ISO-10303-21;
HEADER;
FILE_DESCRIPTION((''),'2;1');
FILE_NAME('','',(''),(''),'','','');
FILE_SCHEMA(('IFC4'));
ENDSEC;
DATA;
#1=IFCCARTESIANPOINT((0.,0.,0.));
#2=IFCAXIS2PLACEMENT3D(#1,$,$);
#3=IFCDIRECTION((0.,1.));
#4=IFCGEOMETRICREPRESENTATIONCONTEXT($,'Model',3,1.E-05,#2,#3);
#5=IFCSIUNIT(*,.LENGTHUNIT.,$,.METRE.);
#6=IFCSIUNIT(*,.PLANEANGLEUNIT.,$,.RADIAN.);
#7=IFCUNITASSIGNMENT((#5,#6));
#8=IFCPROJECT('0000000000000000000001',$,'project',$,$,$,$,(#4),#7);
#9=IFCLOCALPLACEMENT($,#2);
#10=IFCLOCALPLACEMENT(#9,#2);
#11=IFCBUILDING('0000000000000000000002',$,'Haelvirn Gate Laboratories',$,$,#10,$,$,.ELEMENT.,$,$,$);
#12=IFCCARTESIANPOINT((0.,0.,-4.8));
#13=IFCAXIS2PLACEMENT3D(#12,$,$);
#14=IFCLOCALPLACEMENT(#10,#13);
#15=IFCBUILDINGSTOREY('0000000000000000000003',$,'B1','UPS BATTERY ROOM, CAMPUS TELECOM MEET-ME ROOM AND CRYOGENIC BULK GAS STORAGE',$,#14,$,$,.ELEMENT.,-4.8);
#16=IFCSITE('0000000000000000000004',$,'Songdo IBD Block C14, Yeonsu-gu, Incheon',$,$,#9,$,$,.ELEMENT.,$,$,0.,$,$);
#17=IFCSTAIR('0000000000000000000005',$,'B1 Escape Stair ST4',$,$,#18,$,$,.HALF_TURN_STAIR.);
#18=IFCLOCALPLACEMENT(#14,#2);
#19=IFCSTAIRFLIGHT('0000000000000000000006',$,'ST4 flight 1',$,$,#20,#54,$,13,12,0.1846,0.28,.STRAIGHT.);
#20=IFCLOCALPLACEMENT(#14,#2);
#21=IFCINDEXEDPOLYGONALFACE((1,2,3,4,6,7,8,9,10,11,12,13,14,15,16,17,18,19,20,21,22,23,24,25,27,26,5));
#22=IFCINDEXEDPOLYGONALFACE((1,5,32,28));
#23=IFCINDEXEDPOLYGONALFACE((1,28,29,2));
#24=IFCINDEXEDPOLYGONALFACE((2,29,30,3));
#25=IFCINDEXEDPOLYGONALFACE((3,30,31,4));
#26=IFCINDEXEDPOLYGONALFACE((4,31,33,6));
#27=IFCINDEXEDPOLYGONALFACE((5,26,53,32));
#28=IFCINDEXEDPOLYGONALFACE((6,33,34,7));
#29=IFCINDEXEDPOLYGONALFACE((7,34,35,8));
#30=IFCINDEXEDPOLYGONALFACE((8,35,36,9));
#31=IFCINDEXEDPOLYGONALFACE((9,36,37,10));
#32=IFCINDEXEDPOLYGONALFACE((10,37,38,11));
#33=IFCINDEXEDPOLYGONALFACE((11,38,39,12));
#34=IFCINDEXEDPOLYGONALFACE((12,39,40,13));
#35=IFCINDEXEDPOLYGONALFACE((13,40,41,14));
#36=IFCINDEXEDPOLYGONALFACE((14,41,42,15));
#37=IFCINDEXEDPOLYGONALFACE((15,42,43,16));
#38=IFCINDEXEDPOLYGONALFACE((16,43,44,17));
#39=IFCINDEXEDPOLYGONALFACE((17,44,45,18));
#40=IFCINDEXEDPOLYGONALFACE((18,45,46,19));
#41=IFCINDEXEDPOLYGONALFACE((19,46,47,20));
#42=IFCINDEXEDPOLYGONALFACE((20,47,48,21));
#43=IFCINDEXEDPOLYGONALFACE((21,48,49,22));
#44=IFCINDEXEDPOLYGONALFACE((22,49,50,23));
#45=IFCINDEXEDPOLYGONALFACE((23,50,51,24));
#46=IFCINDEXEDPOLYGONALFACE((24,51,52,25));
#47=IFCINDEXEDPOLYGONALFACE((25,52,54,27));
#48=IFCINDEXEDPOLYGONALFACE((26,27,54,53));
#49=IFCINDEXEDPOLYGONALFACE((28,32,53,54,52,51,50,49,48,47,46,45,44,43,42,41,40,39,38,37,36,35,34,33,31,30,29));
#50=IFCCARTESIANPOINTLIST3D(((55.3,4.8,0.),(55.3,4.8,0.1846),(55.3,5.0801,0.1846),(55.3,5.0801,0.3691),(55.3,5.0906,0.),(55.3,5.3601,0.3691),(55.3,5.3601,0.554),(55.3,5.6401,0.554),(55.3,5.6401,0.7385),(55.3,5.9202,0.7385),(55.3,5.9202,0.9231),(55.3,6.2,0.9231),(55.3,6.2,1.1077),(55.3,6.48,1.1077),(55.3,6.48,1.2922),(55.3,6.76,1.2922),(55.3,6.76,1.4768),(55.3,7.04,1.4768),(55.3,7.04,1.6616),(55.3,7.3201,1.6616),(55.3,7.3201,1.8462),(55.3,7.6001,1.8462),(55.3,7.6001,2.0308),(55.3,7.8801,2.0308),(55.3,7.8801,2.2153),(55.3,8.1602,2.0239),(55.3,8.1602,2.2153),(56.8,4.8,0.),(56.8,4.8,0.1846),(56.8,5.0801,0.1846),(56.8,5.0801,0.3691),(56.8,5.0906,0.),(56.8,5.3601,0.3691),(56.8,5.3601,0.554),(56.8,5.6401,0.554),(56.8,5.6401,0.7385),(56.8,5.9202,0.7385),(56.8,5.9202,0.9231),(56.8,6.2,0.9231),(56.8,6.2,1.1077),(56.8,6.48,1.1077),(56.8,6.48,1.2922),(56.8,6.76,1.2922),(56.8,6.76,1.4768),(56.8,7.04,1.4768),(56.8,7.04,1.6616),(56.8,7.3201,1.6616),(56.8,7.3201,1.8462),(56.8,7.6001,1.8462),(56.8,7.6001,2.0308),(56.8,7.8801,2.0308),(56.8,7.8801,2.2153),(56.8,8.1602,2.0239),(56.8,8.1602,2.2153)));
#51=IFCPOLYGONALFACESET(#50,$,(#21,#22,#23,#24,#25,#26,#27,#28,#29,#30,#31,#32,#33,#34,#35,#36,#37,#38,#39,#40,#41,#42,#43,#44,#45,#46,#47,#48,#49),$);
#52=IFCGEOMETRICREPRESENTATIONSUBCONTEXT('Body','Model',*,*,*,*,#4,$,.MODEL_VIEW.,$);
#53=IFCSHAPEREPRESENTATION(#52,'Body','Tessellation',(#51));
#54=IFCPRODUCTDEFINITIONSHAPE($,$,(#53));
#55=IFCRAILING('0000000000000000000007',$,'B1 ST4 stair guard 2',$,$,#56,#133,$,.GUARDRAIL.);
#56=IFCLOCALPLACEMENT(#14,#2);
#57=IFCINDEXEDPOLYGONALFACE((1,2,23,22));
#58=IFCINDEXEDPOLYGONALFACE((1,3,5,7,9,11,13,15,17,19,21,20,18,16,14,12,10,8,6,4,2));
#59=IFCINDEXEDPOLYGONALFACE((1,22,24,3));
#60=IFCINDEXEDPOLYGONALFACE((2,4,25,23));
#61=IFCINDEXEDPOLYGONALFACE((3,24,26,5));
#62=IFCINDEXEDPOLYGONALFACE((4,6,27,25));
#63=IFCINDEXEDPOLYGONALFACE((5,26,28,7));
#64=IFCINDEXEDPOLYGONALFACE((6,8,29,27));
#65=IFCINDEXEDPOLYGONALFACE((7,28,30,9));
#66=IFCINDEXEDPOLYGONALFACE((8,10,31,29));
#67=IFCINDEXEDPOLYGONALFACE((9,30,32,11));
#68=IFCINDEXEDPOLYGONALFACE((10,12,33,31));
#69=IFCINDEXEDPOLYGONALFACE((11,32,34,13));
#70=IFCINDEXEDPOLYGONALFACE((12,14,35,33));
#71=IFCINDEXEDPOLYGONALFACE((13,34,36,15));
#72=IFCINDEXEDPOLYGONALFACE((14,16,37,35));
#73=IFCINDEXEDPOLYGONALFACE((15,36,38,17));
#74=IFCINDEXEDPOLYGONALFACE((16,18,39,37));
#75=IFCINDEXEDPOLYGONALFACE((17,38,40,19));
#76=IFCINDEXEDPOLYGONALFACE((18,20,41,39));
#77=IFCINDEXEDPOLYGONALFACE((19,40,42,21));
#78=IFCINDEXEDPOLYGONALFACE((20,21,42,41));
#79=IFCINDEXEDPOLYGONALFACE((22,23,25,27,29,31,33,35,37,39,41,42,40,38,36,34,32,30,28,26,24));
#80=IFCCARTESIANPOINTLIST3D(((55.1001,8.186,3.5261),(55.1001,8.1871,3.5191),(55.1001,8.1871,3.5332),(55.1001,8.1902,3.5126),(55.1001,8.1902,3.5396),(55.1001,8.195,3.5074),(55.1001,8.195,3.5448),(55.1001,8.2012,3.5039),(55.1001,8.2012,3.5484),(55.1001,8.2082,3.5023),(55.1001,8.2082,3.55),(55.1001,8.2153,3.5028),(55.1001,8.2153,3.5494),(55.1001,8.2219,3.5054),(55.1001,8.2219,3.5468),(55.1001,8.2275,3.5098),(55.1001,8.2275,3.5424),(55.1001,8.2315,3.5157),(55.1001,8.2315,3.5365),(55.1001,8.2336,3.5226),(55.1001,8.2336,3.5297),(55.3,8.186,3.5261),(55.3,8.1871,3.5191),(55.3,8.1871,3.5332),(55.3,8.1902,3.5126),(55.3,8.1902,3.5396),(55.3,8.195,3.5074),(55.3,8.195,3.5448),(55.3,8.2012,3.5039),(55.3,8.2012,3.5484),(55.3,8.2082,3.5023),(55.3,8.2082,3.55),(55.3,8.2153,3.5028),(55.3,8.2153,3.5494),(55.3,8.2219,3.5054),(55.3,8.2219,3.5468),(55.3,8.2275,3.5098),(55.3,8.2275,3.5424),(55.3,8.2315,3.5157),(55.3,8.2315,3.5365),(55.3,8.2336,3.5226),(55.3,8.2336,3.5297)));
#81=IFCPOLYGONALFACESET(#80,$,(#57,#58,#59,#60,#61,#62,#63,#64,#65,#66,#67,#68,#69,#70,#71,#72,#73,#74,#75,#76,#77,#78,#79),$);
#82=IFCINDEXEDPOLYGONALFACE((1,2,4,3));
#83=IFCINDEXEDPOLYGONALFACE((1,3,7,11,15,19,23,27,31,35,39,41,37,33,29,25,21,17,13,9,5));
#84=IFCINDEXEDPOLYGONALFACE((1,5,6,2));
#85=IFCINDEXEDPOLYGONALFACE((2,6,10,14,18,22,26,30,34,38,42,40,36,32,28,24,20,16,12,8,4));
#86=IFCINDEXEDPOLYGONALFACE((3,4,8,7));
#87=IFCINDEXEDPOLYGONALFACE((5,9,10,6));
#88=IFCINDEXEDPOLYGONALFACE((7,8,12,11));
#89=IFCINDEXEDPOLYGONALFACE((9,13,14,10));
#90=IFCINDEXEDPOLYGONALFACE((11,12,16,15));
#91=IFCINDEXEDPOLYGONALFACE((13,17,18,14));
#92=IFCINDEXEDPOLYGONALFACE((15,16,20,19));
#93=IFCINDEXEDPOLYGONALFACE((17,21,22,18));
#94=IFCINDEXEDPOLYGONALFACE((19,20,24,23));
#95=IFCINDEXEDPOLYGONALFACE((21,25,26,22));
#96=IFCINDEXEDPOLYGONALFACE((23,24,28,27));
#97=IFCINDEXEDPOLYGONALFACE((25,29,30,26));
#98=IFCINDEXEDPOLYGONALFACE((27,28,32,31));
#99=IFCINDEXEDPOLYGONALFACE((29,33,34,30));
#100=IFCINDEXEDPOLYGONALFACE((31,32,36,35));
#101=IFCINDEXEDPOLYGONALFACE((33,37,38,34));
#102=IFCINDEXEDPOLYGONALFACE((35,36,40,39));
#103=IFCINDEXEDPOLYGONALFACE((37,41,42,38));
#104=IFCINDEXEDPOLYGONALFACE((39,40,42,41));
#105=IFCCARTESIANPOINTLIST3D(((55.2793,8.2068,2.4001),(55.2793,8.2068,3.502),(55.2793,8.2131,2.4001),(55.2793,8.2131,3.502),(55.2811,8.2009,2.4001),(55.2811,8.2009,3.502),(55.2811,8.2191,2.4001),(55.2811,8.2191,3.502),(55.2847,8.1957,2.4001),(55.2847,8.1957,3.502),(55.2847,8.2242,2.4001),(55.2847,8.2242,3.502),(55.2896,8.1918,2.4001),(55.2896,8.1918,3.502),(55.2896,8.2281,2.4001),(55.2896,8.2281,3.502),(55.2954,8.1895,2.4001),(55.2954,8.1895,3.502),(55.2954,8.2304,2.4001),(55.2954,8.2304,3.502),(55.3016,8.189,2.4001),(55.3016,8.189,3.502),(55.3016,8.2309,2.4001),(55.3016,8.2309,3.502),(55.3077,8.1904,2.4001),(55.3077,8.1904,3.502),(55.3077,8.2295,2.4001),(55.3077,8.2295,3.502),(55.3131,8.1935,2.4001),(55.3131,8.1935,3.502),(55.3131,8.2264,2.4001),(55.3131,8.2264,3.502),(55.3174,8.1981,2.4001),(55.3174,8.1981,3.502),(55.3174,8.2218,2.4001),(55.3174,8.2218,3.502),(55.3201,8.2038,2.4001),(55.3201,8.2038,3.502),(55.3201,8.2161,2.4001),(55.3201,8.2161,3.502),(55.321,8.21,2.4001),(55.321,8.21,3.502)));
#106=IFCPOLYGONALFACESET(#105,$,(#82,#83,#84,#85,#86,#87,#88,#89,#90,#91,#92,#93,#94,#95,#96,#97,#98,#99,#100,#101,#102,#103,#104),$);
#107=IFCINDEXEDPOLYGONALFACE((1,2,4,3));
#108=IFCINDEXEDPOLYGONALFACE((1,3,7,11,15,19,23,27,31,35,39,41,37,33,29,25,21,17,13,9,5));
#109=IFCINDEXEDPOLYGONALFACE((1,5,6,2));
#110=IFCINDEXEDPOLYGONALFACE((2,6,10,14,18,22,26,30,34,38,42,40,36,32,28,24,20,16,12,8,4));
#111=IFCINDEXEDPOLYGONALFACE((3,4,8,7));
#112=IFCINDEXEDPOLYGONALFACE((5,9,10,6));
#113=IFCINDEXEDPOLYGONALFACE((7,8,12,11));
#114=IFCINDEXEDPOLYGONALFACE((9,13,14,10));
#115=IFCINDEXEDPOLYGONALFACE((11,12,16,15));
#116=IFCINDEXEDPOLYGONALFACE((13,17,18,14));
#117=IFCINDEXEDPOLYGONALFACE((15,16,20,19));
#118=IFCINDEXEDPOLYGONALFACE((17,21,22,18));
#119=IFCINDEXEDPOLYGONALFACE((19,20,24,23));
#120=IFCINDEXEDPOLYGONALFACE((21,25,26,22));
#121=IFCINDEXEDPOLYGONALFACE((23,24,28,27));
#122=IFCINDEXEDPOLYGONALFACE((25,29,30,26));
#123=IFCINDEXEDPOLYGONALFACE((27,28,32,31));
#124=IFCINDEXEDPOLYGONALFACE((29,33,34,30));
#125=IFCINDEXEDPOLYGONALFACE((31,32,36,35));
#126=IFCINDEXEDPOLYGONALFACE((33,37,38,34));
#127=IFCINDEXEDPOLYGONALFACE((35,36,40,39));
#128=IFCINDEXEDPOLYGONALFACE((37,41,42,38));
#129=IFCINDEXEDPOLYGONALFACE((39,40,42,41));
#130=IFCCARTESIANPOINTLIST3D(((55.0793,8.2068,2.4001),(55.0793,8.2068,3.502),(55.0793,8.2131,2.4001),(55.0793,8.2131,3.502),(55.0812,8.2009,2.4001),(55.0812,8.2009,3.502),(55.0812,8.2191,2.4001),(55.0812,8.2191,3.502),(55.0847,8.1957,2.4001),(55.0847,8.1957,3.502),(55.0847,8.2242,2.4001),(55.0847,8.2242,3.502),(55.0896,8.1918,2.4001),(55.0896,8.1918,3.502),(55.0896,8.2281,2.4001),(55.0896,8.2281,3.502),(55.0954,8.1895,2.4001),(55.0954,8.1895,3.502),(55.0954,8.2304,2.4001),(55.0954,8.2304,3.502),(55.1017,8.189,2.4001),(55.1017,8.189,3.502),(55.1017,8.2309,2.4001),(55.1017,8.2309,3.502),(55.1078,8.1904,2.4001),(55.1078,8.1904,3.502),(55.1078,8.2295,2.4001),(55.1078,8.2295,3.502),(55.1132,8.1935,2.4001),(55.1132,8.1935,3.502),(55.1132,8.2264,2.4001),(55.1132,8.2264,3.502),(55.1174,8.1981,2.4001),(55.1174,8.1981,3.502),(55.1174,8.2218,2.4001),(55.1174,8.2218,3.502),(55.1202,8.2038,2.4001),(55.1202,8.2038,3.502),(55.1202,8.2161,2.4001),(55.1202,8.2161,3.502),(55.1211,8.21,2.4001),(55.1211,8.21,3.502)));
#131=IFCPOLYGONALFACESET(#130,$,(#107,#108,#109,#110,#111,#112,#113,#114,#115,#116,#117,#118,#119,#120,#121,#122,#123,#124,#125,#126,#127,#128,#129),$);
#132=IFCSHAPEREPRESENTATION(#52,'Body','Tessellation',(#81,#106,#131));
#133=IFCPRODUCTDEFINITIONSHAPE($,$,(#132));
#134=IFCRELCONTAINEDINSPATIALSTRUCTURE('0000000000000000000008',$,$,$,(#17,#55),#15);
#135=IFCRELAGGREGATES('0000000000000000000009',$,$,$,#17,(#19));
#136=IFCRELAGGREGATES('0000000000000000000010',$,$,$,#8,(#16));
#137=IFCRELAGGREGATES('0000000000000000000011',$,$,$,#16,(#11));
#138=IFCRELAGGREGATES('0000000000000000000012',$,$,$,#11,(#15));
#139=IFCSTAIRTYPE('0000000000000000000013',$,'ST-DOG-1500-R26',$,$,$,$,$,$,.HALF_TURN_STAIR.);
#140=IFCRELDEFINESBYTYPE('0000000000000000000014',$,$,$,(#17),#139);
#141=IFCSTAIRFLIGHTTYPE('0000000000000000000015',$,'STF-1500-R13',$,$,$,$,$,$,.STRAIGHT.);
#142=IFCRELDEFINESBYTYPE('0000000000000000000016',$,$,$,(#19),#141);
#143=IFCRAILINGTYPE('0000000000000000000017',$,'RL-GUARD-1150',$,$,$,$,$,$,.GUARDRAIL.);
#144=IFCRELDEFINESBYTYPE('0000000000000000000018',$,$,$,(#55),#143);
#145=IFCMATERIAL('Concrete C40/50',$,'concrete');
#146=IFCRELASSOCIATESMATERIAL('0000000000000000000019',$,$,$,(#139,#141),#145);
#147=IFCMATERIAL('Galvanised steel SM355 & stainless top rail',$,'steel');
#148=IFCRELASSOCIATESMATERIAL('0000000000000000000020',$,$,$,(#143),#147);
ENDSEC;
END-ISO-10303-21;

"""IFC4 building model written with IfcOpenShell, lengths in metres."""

from ifc_helpers import new_model, si_unit, direction, frame, origin, origin_2d, place, context, subcontext, project, spatial, polyline, circle, outline, extrude, source, transform, mapped, material, type_object, type_shapes, element, aggregate, save


model = new_model("IFC4")

# Units and contexts
model_context = context("Model", 3, precision=1e-05, world=origin(), true_north=direction((0.0, 1.0)))
body_context = subcontext(model_context, "Body", "Model", "MODEL_VIEW")
ifc_project = project(units=[si_unit("LENGTHUNIT", "METRE"), si_unit("PLANEANGLEUNIT", "RADIAN")], contexts=[model_context])

# Site, building, storey
site_placement = place(None, origin())
site = spatial("IfcSite", under=ifc_project, at=site_placement, Name="Songdo IBD Block C14, Yeonsu-gu, Incheon", CompositionType="ELEMENT", RefElevation=0.0)
building_placement = place(site_placement, origin())
building = spatial("IfcBuilding", under=site, at=building_placement, Name="Haelvirn Gate Laboratories", CompositionType="ELEMENT")
storey_placement = place(building_placement, frame((0.0, 0.0, -4.8)))
storey = spatial("IfcBuildingStorey", under=building, at=storey_placement, Name="B1", Description="UPS BATTERY ROOM, CAMPUS TELECOM MEET-ME ROOM AND CRYOGENIC BULK GAS STORAGE", CompositionType="ELEMENT", Elevation=-4.8)

# Shared definitions
ifc_material_1 = material(Name="Concrete C40/50", Category="concrete")

# Stair, stair flight
stair_type = type_object("IfcStairType", Name="ST-DOG-1500-R26", PredefinedType="HALF_TURN_STAIR", material=ifc_material_1)
stair_placement = place(storey_placement, origin())
stair = element("IfcStair", 1, at=stair_placement, inside=storey, type_object=stair_type, Name="B1 Escape Stair ST4", PredefinedType="HALF_TURN_STAIR")
stair_flight_type = type_object("IfcStairFlightType", Name="STF-1500-R13", PredefinedType="STRAIGHT", material=ifc_material_1)
shared_shape_1 = source(origin(), body_context, "Body", "SweptSolid", [
    extrude(outline(polyline([(0.0, 0.0), (0.0, 0.1846), (0.28, 0.1846), (0.28, 0.3691), (0.5601, 0.3691), (0.5601, 0.554), (0.8401, 0.554), (0.8401, 0.7385), (1.1201, 0.7385), (1.1201, 0.9231), (1.3999, 0.9231), (1.3999, 1.1077), (1.6799, 1.1077), (1.6799, 1.2922), (1.96, 1.2922), (1.96, 1.4768), (2.24, 1.4768), (2.24, 1.6616), (2.52, 1.6616), (2.52, 1.8462), (2.8, 1.8462), (2.8, 2.0308), (3.0801, 2.0308), (3.0801, 2.2153), (3.3601, 2.2153), (3.3601, 2.3999), (3.3601, 2.0239), (0.2905, 0.0), (0.0, 0.0)])), frame((0.0, 0.75, 0.0), z_axis=(0.0, -1.0, 0.0), x_axis=(1.0, 0.0, 0.0)), (0.0, 0.0, 1.0), 1.5),
])
type_shapes(stair_flight_type, [shared_shape_1])
stair_flight_placement = place(storey_placement, frame((56.05, 4.8, 0.0), z_axis=(0.0, 0.0, 1.0), x_axis=(0.0, 1.0, 0.0)))
stair_flight = element("IfcStairFlight", 2, at=stair_flight_placement, type_object=stair_flight_type, Name="ST4 flight 1", NumberOfRisers=13, NumberOfTreads=12, PredefinedType="STRAIGHT", RiserHeight=0.1846, TreadLength=0.28, context=body_context, shape_type="MappedRepresentation", body=[
    mapped(shared_shape_1, transform((0.0, 0.0, 0.0), scale=1.0)),
])
aggregate(stair, [stair_flight])

# Railing
ifc_material_2 = material(Name="Galvanised steel SM355 & stainless top rail", Category="steel")
railing_type_1 = type_object("IfcRailingType", Name="RL-GUARD-1150", PredefinedType="GUARDRAIL", material=ifc_material_2)
shared_shape_2 = source(origin(), body_context, "Body", "SweptSolid", [
    extrude(circle(Radius=0.0239, at=origin_2d()), frame((0.0, 0.0, 1.126), z_axis=(-1.0, 0.0, 0.0), x_axis=(0.0, -1.0, 0.0)), (0.0, 0.0, 1.0), 0.2),
    extrude(circle(Radius=0.021, at=origin_2d()), origin(), (0.0, 0.0, 1.0), 1.1018),
    extrude(circle(Radius=0.021, at=origin_2d()), frame((-0.2, 0.0, 0.0)), (0.0, 0.0, 1.0), 1.1018),
])
railing_1_placement = place(storey_placement, frame((55.3, 8.21, 2.4001)))
element("IfcRailing", 3, at=railing_1_placement, inside=storey, type_object=railing_type_1, Name="B1 ST4 stair guard 2", PredefinedType="GUARDRAIL", context=body_context, shape_type="MappedRepresentation", body=[
    mapped(shared_shape_2, transform((0.0, 0.0, 0.0), scale=1.0)),
])

save(model, "model.ifc")
